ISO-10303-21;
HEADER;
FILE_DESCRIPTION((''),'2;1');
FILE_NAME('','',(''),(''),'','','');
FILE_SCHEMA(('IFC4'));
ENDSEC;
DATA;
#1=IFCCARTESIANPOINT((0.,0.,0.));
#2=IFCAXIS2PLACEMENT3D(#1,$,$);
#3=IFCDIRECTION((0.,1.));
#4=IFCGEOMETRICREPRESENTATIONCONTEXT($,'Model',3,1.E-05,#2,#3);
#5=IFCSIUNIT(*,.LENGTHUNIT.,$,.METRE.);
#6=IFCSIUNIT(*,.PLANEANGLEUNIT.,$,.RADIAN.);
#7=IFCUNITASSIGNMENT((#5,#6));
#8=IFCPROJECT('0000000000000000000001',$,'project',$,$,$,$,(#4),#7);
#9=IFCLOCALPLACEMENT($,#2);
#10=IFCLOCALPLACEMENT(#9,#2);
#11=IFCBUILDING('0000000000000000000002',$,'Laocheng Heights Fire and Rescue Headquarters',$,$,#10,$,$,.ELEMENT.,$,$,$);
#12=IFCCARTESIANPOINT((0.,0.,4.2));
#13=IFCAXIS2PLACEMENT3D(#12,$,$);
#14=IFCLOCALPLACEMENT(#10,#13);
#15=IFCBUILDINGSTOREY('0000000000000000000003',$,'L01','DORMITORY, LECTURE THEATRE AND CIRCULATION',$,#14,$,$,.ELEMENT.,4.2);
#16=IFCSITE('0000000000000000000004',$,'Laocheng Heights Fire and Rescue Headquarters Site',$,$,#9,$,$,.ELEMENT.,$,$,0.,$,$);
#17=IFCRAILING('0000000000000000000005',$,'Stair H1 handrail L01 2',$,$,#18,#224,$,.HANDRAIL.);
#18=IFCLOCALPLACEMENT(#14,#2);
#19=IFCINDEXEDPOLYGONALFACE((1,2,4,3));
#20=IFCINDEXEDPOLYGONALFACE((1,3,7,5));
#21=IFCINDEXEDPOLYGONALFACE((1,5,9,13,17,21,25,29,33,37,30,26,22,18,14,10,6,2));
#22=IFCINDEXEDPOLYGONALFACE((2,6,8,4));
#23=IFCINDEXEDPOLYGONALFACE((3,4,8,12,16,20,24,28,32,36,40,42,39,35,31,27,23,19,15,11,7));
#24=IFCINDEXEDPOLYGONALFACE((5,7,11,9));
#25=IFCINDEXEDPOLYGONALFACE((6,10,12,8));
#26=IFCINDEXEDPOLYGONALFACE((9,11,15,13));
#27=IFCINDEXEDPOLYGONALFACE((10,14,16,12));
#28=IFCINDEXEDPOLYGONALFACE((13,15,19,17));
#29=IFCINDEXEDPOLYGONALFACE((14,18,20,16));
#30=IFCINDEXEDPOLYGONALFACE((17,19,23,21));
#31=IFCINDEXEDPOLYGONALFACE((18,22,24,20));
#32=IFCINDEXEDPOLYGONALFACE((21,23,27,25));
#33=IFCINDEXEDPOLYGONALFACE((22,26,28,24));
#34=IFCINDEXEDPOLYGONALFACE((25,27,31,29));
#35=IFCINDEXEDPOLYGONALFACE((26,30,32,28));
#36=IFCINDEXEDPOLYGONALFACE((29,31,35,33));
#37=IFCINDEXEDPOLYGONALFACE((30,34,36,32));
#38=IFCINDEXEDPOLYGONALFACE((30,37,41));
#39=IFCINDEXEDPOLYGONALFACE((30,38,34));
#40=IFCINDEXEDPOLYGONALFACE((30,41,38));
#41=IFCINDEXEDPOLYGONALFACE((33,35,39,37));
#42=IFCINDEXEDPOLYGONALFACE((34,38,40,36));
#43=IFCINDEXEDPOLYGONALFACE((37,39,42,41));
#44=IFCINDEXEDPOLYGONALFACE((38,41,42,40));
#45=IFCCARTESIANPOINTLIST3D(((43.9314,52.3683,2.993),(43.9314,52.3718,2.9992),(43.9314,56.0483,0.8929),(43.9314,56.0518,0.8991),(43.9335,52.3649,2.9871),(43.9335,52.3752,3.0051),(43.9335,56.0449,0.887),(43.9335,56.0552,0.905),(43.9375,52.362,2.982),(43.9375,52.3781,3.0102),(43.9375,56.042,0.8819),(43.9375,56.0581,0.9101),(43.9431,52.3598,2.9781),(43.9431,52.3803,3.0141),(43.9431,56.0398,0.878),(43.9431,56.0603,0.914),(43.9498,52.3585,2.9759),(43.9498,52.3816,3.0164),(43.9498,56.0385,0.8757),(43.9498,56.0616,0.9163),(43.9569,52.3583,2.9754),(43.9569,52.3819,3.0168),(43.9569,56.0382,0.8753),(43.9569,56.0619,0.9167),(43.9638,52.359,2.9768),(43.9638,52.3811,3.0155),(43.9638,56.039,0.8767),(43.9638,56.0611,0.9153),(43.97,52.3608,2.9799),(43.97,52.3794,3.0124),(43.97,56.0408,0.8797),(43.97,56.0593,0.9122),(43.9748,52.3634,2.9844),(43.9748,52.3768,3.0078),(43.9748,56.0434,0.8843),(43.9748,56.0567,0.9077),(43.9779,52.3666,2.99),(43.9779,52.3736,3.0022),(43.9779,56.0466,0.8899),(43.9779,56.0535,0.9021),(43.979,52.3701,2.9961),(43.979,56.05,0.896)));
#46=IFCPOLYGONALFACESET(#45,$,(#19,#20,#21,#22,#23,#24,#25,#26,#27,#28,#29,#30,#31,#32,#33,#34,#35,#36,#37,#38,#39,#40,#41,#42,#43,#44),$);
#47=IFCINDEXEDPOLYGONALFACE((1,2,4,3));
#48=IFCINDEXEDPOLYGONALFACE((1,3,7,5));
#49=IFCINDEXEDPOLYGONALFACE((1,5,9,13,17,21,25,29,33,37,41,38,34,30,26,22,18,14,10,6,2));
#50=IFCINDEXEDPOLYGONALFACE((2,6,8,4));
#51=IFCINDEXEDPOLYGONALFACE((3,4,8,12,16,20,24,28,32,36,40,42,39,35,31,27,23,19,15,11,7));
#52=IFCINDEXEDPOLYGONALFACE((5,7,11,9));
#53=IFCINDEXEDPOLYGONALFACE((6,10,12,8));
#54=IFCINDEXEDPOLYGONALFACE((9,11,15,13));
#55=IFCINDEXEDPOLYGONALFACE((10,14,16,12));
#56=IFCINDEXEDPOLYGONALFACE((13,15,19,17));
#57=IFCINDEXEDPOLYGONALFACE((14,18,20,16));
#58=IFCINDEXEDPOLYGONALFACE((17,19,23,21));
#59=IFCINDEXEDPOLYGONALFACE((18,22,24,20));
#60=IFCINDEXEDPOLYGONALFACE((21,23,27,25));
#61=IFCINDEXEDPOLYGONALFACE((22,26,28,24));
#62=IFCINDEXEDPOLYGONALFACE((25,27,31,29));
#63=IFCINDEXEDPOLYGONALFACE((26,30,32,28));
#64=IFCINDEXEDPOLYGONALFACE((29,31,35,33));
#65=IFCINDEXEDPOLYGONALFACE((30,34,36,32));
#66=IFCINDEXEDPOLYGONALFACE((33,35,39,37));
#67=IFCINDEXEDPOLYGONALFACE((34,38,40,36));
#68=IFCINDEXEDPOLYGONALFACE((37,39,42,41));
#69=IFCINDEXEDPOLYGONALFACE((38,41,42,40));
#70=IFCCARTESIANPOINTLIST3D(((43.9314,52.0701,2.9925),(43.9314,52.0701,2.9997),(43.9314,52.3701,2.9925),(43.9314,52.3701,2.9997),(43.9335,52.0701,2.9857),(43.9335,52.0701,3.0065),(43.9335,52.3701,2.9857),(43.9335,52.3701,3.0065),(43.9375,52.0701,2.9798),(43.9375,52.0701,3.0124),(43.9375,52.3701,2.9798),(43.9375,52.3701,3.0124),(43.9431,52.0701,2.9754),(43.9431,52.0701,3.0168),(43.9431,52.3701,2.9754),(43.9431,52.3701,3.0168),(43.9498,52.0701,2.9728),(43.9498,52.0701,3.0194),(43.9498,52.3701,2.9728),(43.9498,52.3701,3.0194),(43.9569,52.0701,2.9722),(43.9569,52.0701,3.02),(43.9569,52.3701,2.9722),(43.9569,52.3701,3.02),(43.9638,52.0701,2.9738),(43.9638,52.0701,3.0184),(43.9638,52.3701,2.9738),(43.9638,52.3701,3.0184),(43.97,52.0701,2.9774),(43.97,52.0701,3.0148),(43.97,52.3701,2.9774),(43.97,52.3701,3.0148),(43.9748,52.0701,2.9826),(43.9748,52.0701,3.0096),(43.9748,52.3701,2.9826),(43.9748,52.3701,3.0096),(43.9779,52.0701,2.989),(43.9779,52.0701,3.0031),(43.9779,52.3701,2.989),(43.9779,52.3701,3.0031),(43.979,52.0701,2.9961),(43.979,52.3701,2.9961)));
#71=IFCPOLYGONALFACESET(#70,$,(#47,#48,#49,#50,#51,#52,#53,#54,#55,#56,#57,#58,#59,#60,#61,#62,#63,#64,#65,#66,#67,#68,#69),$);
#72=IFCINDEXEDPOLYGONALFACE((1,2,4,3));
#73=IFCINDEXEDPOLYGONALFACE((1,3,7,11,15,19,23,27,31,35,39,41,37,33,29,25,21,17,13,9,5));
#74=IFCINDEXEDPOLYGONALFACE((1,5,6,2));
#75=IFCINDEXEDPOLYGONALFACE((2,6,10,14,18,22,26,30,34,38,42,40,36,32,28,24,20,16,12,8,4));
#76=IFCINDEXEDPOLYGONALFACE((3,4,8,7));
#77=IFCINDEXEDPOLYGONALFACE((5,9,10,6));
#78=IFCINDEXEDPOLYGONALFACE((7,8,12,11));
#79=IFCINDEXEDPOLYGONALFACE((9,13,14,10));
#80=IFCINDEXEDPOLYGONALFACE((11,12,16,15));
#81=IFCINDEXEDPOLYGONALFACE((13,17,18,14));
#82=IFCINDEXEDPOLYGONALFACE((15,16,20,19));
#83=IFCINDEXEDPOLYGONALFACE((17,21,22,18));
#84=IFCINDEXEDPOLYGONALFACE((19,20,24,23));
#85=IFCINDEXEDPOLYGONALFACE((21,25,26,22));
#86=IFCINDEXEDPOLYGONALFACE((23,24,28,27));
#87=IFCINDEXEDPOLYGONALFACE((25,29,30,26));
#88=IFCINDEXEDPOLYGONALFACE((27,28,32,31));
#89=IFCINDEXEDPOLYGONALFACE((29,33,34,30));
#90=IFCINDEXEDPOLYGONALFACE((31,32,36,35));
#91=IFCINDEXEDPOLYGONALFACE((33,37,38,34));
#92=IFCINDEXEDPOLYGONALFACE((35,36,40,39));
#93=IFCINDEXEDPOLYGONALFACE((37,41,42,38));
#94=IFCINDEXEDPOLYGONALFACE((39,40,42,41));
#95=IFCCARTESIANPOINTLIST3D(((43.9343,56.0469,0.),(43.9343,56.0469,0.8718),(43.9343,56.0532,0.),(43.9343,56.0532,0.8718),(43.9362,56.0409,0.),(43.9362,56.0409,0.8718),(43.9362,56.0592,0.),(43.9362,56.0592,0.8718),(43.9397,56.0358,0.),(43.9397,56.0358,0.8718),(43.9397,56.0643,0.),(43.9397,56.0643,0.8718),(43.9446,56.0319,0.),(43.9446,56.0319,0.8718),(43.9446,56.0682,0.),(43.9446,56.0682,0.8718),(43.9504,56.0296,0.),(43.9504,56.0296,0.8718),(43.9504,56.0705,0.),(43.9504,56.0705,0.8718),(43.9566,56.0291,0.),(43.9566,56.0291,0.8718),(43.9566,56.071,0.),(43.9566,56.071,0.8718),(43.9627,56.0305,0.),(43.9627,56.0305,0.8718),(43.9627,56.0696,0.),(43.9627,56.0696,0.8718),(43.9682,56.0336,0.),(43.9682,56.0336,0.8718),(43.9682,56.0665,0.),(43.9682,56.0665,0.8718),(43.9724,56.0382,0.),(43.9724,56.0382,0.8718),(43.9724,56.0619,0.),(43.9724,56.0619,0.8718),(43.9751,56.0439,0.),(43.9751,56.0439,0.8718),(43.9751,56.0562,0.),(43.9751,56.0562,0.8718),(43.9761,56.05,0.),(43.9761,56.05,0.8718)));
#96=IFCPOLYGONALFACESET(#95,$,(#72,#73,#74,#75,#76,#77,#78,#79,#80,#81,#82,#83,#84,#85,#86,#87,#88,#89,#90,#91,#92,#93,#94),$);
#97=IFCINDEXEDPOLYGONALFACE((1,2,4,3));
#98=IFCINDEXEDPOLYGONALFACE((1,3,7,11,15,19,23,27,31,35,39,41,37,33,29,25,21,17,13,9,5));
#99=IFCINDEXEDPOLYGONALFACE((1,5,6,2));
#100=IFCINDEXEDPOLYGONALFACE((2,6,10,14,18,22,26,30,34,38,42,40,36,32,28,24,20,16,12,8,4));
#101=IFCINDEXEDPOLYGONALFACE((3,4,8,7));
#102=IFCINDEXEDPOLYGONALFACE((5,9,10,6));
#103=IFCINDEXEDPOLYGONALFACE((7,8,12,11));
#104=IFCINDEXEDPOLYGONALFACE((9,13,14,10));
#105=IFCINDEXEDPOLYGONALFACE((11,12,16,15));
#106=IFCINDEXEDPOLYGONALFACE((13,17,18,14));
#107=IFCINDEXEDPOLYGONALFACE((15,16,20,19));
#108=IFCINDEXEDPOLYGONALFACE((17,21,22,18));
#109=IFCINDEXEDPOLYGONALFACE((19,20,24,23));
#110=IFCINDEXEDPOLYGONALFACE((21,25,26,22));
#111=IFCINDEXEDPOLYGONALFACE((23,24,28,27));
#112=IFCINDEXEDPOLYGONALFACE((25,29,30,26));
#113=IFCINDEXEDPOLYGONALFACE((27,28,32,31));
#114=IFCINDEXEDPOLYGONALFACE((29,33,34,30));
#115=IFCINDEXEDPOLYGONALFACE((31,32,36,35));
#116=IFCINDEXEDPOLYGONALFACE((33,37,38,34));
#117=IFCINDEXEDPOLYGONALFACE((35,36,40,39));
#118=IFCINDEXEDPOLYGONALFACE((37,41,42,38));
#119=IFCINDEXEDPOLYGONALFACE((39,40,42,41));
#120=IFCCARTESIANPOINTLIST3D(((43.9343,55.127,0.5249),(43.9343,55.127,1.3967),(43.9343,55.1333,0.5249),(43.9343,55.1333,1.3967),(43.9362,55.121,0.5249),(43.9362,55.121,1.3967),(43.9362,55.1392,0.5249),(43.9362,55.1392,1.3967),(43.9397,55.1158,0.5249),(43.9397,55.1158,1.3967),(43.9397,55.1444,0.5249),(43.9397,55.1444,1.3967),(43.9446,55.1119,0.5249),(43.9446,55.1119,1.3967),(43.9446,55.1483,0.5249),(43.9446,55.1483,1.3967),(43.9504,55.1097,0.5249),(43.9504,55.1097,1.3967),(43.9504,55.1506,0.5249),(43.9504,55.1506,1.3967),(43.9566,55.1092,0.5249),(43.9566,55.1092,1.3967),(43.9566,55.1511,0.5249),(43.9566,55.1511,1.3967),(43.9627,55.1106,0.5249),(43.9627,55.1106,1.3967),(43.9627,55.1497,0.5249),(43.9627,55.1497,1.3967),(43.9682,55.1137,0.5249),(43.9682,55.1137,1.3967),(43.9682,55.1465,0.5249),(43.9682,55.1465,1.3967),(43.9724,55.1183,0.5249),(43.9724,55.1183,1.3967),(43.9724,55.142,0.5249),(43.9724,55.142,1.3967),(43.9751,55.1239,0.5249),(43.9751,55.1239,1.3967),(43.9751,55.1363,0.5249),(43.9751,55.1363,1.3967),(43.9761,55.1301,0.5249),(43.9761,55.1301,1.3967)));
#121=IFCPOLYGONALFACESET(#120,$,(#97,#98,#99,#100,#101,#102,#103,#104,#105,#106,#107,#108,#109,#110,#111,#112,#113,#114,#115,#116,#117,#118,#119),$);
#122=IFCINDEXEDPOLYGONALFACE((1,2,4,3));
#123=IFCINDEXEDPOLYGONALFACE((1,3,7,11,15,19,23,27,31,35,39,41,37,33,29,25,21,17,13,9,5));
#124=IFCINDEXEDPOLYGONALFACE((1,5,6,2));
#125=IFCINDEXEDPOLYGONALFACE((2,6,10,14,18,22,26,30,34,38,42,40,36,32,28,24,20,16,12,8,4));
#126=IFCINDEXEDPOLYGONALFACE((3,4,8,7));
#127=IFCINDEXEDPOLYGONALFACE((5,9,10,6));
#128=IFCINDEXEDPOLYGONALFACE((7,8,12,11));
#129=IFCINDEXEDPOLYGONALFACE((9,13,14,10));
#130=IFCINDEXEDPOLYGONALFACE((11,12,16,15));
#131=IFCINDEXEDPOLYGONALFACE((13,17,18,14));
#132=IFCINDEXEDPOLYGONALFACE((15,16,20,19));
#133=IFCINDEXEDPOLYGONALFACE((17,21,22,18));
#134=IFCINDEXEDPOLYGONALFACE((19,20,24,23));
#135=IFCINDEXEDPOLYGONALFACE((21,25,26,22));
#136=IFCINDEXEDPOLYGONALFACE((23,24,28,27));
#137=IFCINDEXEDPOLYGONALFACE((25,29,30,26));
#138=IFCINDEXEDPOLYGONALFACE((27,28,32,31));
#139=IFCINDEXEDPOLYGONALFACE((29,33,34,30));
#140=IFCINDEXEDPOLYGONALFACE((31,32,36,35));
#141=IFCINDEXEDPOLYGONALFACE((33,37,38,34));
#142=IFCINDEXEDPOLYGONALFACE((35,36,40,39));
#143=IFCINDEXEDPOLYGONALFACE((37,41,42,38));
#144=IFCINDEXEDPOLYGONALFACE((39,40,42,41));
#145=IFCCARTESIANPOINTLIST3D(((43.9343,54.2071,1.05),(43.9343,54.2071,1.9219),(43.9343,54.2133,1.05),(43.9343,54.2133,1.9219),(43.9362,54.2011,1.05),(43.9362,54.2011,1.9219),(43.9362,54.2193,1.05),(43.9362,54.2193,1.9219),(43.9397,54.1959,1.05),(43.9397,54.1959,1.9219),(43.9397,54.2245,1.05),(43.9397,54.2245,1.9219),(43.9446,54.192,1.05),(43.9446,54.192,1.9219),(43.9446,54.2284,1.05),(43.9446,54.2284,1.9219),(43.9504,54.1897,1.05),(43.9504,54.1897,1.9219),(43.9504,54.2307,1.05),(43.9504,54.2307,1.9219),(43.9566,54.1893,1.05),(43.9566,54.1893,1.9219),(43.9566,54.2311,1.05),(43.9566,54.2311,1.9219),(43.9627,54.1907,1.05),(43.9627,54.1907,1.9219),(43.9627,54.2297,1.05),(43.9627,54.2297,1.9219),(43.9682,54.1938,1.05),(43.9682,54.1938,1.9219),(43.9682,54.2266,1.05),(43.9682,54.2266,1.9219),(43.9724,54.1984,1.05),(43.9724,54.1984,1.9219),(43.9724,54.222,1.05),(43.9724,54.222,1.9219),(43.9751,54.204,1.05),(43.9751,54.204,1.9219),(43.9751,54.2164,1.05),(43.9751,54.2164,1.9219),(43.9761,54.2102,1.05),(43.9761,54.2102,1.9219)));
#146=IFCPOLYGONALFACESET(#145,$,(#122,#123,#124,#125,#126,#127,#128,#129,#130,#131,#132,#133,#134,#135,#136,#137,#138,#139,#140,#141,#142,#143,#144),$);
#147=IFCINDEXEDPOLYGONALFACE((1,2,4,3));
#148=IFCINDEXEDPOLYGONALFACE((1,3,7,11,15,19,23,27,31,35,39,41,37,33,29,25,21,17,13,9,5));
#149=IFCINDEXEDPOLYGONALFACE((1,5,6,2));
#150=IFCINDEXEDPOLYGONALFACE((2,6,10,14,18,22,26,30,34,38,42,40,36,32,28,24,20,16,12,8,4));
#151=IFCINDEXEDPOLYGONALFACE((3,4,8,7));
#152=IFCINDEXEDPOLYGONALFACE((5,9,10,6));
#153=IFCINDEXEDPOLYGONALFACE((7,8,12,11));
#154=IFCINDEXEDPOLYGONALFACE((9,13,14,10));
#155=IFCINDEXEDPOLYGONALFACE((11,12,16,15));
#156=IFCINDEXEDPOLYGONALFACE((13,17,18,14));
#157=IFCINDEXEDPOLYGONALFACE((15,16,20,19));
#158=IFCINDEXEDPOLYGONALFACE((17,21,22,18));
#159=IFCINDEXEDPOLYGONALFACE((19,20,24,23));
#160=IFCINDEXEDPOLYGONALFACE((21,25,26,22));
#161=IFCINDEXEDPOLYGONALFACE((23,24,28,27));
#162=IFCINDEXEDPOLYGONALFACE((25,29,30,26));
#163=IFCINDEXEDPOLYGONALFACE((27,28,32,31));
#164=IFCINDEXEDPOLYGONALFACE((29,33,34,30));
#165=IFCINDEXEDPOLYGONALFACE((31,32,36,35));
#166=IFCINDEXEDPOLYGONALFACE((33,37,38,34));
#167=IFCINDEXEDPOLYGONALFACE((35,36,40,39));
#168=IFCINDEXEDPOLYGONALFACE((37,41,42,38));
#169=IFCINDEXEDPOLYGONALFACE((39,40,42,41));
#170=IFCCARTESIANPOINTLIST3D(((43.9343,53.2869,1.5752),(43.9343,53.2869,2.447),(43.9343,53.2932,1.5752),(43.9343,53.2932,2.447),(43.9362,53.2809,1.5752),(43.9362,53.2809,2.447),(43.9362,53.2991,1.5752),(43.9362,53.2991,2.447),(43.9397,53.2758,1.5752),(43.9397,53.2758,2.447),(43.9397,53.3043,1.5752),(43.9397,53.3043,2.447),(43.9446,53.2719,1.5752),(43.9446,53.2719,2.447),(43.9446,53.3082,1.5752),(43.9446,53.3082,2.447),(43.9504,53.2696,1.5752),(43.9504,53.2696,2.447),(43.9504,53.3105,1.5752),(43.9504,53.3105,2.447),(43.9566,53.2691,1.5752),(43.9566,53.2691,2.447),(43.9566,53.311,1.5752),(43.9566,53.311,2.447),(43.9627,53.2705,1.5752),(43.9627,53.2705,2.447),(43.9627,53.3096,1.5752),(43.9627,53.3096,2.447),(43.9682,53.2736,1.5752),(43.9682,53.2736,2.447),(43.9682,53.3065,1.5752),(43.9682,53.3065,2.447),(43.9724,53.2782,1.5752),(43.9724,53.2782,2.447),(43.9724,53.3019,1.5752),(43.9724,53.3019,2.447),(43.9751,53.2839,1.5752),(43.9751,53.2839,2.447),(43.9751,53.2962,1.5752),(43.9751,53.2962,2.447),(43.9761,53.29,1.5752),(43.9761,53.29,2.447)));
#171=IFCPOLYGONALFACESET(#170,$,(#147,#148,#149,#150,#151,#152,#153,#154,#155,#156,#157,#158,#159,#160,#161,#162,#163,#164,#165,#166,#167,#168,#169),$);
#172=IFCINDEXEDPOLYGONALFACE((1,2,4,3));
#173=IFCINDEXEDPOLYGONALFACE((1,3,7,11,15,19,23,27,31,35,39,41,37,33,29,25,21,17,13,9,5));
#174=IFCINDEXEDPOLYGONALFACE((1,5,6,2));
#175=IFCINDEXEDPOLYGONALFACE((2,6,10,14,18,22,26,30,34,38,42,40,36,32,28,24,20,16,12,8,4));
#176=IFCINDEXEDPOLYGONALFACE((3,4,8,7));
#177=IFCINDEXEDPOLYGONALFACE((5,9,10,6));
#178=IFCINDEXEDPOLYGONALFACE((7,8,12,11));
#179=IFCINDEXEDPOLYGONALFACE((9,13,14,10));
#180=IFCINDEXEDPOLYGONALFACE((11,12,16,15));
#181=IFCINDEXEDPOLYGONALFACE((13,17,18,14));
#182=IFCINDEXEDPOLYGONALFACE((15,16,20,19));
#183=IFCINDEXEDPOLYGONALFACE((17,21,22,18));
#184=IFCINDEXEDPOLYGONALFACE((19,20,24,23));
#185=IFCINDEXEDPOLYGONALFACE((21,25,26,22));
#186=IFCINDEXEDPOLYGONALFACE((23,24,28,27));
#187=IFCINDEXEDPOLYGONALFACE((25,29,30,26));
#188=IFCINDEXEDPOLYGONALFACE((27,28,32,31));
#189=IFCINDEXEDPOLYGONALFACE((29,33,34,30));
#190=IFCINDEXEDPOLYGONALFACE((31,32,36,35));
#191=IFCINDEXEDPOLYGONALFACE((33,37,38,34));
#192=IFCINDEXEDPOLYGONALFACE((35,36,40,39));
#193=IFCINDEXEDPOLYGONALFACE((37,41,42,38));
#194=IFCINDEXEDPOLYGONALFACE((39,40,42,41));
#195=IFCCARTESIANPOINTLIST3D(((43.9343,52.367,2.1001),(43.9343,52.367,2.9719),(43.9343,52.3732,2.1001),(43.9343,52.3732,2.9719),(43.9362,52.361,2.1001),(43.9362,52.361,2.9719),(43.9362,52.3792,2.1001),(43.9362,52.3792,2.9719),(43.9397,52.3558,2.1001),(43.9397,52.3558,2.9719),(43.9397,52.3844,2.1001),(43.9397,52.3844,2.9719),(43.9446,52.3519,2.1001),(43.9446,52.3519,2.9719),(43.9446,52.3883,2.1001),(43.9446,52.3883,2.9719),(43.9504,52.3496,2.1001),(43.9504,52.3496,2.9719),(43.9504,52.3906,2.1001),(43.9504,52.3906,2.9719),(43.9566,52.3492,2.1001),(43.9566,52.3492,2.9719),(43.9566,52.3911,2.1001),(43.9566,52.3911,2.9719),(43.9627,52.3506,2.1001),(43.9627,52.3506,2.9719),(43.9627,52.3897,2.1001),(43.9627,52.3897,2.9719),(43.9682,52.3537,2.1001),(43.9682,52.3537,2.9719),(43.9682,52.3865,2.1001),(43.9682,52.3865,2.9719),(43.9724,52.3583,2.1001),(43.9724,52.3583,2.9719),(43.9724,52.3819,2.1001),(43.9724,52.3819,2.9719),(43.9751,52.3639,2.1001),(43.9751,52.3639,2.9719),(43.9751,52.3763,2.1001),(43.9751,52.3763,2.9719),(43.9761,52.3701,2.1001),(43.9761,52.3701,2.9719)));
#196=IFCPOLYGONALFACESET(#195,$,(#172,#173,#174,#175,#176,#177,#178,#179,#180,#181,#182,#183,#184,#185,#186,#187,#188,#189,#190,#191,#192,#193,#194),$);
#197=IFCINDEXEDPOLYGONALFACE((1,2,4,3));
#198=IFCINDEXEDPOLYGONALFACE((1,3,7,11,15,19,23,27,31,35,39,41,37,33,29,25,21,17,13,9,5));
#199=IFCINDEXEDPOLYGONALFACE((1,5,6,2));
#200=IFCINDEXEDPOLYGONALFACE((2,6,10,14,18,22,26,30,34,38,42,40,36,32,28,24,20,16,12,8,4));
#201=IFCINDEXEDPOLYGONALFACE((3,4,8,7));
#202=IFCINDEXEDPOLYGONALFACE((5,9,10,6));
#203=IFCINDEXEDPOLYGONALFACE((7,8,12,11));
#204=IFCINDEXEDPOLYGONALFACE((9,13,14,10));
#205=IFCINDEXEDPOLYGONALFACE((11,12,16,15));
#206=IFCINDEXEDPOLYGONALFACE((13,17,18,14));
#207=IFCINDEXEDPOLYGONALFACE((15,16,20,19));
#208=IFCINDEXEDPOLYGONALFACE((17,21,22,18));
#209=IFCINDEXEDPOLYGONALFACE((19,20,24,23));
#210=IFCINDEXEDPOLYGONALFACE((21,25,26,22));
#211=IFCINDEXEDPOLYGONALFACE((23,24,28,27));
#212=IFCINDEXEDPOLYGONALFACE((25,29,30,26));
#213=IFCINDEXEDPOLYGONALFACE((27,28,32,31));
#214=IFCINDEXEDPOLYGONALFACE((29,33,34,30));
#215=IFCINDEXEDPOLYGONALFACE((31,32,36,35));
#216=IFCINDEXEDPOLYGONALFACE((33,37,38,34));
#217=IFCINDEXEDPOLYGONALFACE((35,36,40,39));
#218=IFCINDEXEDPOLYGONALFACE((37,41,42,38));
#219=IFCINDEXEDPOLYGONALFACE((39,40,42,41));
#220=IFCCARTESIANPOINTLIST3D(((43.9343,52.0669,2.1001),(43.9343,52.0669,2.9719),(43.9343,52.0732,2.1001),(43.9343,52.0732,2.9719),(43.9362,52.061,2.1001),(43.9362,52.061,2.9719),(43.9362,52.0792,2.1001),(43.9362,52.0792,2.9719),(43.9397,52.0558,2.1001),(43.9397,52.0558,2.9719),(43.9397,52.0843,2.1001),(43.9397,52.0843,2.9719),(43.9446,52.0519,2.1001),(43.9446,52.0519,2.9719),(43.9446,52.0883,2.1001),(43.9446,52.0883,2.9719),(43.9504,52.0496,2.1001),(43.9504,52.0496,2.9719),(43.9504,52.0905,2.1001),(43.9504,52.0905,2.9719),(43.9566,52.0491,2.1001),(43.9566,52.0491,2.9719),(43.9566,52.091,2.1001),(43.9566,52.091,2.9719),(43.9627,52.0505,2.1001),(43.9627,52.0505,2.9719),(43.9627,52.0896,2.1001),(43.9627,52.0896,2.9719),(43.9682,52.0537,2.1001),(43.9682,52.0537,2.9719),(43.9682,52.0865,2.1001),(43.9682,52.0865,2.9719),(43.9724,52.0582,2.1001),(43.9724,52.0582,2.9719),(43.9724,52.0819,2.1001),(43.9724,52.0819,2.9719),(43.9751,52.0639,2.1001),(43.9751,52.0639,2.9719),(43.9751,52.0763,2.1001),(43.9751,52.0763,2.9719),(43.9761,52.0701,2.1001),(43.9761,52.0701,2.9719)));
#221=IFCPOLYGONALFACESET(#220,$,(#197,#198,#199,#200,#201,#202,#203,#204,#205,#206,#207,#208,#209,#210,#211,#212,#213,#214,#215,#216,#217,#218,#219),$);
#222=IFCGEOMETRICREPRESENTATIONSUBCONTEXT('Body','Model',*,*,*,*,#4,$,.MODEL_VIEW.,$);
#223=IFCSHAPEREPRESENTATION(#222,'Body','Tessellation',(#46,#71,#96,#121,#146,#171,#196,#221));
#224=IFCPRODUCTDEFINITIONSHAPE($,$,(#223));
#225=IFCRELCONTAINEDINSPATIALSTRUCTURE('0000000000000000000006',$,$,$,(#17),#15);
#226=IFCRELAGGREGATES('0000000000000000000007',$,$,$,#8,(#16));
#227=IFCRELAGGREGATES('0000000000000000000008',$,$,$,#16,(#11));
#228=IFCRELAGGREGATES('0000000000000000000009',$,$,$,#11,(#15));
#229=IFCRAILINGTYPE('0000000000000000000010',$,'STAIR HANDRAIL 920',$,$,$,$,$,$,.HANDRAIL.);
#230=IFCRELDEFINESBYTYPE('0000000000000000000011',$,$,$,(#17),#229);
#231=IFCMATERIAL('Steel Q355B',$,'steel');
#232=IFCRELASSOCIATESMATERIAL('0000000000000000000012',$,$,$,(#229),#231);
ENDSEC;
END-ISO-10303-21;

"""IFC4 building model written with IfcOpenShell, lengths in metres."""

from ifc_helpers import new_model, si_unit, direction, frame, origin, origin_2d, place, context, subcontext, project, spatial, circle, extrude, material, type_object, element, save


model = new_model("IFC4")

# Units and contexts
model_context = context("Model", 3, precision=1e-05, world=origin(), true_north=direction((0.0, 1.0)))
body_context = subcontext(model_context, "Body", "Model", "MODEL_VIEW")
ifc_project = project(units=[si_unit("LENGTHUNIT", "METRE"), si_unit("PLANEANGLEUNIT", "RADIAN")], contexts=[model_context])

# Site, building, storey
site_placement = place(None, origin())
site = spatial("IfcSite", under=ifc_project, at=site_placement, Name="Laocheng Heights Fire and Rescue Headquarters Site", CompositionType="ELEMENT", RefElevation=0.0)
building_placement = place(site_placement, origin())
building = spatial("IfcBuilding", under=site, at=building_placement, Name="Laocheng Heights Fire and Rescue Headquarters", CompositionType="ELEMENT")
storey_placement = place(building_placement, frame((0.0, 0.0, 4.2)))
storey = spatial("IfcBuildingStorey", under=building, at=storey_placement, Name="L01", Description="DORMITORY, LECTURE THEATRE AND CIRCULATION", CompositionType="ELEMENT", Elevation=4.2)

# Railing
ifc_material_1 = material(Name="Steel Q355B", Category="steel")
railing_type = type_object("IfcRailingType", Name="STAIR HANDRAIL 920", PredefinedType="HANDRAIL", material=ifc_material_1)
railing_placement = place(storey_placement, frame((43.9551, 56.05, 0.0)))
element("IfcRailing", 1, at=railing_placement, inside=storey, type_object=railing_type, Name="Stair H1 handrail L01 2", PredefinedType="HANDRAIL", context=body_context, shape_type="SweptSolid", body=[
    extrude(circle(Radius=0.0239, at=origin_2d()), frame((0.0, 0.0, 0.896), z_axis=(0.0, -0.86852, 0.495655), x_axis=(1.0, 0.0, 0.0)), (0.0, 0.0, 1.0), 4.2371),
    extrude(circle(Radius=0.0239, at=origin_2d()), frame((0.0, -3.6799, 2.9961), z_axis=(0.0, -1.0, 0.0), x_axis=(1.0, 0.0, 0.0)), (0.0, 0.0, 1.0), 0.3),
    extrude(circle(Radius=0.021, at=origin_2d()), origin(), (0.0, 0.0, 1.0), 0.8718),
    extrude(circle(Radius=0.021, at=origin_2d()), frame((0.0, -0.9199, 0.5249)), (0.0, 0.0, 1.0), 0.8718),
    extrude(circle(Radius=0.021, at=origin_2d()), frame((0.0, -1.8398, 1.05)), (0.0, 0.0, 1.0), 0.8718),
    extrude(circle(Radius=0.021, at=origin_2d()), frame((0.0, -2.76, 1.5752)), (0.0, 0.0, 1.0), 0.8718),
    extrude(circle(Radius=0.021, at=origin_2d()), frame((0.0, -3.6799, 2.1001)), (0.0, 0.0, 1.0), 0.8718),
    extrude(circle(Radius=0.021, at=origin_2d()), frame((0.0, -3.98, 2.1001)), (0.0, 0.0, 1.0), 0.8718),
])

save(model, "model.ifc")
